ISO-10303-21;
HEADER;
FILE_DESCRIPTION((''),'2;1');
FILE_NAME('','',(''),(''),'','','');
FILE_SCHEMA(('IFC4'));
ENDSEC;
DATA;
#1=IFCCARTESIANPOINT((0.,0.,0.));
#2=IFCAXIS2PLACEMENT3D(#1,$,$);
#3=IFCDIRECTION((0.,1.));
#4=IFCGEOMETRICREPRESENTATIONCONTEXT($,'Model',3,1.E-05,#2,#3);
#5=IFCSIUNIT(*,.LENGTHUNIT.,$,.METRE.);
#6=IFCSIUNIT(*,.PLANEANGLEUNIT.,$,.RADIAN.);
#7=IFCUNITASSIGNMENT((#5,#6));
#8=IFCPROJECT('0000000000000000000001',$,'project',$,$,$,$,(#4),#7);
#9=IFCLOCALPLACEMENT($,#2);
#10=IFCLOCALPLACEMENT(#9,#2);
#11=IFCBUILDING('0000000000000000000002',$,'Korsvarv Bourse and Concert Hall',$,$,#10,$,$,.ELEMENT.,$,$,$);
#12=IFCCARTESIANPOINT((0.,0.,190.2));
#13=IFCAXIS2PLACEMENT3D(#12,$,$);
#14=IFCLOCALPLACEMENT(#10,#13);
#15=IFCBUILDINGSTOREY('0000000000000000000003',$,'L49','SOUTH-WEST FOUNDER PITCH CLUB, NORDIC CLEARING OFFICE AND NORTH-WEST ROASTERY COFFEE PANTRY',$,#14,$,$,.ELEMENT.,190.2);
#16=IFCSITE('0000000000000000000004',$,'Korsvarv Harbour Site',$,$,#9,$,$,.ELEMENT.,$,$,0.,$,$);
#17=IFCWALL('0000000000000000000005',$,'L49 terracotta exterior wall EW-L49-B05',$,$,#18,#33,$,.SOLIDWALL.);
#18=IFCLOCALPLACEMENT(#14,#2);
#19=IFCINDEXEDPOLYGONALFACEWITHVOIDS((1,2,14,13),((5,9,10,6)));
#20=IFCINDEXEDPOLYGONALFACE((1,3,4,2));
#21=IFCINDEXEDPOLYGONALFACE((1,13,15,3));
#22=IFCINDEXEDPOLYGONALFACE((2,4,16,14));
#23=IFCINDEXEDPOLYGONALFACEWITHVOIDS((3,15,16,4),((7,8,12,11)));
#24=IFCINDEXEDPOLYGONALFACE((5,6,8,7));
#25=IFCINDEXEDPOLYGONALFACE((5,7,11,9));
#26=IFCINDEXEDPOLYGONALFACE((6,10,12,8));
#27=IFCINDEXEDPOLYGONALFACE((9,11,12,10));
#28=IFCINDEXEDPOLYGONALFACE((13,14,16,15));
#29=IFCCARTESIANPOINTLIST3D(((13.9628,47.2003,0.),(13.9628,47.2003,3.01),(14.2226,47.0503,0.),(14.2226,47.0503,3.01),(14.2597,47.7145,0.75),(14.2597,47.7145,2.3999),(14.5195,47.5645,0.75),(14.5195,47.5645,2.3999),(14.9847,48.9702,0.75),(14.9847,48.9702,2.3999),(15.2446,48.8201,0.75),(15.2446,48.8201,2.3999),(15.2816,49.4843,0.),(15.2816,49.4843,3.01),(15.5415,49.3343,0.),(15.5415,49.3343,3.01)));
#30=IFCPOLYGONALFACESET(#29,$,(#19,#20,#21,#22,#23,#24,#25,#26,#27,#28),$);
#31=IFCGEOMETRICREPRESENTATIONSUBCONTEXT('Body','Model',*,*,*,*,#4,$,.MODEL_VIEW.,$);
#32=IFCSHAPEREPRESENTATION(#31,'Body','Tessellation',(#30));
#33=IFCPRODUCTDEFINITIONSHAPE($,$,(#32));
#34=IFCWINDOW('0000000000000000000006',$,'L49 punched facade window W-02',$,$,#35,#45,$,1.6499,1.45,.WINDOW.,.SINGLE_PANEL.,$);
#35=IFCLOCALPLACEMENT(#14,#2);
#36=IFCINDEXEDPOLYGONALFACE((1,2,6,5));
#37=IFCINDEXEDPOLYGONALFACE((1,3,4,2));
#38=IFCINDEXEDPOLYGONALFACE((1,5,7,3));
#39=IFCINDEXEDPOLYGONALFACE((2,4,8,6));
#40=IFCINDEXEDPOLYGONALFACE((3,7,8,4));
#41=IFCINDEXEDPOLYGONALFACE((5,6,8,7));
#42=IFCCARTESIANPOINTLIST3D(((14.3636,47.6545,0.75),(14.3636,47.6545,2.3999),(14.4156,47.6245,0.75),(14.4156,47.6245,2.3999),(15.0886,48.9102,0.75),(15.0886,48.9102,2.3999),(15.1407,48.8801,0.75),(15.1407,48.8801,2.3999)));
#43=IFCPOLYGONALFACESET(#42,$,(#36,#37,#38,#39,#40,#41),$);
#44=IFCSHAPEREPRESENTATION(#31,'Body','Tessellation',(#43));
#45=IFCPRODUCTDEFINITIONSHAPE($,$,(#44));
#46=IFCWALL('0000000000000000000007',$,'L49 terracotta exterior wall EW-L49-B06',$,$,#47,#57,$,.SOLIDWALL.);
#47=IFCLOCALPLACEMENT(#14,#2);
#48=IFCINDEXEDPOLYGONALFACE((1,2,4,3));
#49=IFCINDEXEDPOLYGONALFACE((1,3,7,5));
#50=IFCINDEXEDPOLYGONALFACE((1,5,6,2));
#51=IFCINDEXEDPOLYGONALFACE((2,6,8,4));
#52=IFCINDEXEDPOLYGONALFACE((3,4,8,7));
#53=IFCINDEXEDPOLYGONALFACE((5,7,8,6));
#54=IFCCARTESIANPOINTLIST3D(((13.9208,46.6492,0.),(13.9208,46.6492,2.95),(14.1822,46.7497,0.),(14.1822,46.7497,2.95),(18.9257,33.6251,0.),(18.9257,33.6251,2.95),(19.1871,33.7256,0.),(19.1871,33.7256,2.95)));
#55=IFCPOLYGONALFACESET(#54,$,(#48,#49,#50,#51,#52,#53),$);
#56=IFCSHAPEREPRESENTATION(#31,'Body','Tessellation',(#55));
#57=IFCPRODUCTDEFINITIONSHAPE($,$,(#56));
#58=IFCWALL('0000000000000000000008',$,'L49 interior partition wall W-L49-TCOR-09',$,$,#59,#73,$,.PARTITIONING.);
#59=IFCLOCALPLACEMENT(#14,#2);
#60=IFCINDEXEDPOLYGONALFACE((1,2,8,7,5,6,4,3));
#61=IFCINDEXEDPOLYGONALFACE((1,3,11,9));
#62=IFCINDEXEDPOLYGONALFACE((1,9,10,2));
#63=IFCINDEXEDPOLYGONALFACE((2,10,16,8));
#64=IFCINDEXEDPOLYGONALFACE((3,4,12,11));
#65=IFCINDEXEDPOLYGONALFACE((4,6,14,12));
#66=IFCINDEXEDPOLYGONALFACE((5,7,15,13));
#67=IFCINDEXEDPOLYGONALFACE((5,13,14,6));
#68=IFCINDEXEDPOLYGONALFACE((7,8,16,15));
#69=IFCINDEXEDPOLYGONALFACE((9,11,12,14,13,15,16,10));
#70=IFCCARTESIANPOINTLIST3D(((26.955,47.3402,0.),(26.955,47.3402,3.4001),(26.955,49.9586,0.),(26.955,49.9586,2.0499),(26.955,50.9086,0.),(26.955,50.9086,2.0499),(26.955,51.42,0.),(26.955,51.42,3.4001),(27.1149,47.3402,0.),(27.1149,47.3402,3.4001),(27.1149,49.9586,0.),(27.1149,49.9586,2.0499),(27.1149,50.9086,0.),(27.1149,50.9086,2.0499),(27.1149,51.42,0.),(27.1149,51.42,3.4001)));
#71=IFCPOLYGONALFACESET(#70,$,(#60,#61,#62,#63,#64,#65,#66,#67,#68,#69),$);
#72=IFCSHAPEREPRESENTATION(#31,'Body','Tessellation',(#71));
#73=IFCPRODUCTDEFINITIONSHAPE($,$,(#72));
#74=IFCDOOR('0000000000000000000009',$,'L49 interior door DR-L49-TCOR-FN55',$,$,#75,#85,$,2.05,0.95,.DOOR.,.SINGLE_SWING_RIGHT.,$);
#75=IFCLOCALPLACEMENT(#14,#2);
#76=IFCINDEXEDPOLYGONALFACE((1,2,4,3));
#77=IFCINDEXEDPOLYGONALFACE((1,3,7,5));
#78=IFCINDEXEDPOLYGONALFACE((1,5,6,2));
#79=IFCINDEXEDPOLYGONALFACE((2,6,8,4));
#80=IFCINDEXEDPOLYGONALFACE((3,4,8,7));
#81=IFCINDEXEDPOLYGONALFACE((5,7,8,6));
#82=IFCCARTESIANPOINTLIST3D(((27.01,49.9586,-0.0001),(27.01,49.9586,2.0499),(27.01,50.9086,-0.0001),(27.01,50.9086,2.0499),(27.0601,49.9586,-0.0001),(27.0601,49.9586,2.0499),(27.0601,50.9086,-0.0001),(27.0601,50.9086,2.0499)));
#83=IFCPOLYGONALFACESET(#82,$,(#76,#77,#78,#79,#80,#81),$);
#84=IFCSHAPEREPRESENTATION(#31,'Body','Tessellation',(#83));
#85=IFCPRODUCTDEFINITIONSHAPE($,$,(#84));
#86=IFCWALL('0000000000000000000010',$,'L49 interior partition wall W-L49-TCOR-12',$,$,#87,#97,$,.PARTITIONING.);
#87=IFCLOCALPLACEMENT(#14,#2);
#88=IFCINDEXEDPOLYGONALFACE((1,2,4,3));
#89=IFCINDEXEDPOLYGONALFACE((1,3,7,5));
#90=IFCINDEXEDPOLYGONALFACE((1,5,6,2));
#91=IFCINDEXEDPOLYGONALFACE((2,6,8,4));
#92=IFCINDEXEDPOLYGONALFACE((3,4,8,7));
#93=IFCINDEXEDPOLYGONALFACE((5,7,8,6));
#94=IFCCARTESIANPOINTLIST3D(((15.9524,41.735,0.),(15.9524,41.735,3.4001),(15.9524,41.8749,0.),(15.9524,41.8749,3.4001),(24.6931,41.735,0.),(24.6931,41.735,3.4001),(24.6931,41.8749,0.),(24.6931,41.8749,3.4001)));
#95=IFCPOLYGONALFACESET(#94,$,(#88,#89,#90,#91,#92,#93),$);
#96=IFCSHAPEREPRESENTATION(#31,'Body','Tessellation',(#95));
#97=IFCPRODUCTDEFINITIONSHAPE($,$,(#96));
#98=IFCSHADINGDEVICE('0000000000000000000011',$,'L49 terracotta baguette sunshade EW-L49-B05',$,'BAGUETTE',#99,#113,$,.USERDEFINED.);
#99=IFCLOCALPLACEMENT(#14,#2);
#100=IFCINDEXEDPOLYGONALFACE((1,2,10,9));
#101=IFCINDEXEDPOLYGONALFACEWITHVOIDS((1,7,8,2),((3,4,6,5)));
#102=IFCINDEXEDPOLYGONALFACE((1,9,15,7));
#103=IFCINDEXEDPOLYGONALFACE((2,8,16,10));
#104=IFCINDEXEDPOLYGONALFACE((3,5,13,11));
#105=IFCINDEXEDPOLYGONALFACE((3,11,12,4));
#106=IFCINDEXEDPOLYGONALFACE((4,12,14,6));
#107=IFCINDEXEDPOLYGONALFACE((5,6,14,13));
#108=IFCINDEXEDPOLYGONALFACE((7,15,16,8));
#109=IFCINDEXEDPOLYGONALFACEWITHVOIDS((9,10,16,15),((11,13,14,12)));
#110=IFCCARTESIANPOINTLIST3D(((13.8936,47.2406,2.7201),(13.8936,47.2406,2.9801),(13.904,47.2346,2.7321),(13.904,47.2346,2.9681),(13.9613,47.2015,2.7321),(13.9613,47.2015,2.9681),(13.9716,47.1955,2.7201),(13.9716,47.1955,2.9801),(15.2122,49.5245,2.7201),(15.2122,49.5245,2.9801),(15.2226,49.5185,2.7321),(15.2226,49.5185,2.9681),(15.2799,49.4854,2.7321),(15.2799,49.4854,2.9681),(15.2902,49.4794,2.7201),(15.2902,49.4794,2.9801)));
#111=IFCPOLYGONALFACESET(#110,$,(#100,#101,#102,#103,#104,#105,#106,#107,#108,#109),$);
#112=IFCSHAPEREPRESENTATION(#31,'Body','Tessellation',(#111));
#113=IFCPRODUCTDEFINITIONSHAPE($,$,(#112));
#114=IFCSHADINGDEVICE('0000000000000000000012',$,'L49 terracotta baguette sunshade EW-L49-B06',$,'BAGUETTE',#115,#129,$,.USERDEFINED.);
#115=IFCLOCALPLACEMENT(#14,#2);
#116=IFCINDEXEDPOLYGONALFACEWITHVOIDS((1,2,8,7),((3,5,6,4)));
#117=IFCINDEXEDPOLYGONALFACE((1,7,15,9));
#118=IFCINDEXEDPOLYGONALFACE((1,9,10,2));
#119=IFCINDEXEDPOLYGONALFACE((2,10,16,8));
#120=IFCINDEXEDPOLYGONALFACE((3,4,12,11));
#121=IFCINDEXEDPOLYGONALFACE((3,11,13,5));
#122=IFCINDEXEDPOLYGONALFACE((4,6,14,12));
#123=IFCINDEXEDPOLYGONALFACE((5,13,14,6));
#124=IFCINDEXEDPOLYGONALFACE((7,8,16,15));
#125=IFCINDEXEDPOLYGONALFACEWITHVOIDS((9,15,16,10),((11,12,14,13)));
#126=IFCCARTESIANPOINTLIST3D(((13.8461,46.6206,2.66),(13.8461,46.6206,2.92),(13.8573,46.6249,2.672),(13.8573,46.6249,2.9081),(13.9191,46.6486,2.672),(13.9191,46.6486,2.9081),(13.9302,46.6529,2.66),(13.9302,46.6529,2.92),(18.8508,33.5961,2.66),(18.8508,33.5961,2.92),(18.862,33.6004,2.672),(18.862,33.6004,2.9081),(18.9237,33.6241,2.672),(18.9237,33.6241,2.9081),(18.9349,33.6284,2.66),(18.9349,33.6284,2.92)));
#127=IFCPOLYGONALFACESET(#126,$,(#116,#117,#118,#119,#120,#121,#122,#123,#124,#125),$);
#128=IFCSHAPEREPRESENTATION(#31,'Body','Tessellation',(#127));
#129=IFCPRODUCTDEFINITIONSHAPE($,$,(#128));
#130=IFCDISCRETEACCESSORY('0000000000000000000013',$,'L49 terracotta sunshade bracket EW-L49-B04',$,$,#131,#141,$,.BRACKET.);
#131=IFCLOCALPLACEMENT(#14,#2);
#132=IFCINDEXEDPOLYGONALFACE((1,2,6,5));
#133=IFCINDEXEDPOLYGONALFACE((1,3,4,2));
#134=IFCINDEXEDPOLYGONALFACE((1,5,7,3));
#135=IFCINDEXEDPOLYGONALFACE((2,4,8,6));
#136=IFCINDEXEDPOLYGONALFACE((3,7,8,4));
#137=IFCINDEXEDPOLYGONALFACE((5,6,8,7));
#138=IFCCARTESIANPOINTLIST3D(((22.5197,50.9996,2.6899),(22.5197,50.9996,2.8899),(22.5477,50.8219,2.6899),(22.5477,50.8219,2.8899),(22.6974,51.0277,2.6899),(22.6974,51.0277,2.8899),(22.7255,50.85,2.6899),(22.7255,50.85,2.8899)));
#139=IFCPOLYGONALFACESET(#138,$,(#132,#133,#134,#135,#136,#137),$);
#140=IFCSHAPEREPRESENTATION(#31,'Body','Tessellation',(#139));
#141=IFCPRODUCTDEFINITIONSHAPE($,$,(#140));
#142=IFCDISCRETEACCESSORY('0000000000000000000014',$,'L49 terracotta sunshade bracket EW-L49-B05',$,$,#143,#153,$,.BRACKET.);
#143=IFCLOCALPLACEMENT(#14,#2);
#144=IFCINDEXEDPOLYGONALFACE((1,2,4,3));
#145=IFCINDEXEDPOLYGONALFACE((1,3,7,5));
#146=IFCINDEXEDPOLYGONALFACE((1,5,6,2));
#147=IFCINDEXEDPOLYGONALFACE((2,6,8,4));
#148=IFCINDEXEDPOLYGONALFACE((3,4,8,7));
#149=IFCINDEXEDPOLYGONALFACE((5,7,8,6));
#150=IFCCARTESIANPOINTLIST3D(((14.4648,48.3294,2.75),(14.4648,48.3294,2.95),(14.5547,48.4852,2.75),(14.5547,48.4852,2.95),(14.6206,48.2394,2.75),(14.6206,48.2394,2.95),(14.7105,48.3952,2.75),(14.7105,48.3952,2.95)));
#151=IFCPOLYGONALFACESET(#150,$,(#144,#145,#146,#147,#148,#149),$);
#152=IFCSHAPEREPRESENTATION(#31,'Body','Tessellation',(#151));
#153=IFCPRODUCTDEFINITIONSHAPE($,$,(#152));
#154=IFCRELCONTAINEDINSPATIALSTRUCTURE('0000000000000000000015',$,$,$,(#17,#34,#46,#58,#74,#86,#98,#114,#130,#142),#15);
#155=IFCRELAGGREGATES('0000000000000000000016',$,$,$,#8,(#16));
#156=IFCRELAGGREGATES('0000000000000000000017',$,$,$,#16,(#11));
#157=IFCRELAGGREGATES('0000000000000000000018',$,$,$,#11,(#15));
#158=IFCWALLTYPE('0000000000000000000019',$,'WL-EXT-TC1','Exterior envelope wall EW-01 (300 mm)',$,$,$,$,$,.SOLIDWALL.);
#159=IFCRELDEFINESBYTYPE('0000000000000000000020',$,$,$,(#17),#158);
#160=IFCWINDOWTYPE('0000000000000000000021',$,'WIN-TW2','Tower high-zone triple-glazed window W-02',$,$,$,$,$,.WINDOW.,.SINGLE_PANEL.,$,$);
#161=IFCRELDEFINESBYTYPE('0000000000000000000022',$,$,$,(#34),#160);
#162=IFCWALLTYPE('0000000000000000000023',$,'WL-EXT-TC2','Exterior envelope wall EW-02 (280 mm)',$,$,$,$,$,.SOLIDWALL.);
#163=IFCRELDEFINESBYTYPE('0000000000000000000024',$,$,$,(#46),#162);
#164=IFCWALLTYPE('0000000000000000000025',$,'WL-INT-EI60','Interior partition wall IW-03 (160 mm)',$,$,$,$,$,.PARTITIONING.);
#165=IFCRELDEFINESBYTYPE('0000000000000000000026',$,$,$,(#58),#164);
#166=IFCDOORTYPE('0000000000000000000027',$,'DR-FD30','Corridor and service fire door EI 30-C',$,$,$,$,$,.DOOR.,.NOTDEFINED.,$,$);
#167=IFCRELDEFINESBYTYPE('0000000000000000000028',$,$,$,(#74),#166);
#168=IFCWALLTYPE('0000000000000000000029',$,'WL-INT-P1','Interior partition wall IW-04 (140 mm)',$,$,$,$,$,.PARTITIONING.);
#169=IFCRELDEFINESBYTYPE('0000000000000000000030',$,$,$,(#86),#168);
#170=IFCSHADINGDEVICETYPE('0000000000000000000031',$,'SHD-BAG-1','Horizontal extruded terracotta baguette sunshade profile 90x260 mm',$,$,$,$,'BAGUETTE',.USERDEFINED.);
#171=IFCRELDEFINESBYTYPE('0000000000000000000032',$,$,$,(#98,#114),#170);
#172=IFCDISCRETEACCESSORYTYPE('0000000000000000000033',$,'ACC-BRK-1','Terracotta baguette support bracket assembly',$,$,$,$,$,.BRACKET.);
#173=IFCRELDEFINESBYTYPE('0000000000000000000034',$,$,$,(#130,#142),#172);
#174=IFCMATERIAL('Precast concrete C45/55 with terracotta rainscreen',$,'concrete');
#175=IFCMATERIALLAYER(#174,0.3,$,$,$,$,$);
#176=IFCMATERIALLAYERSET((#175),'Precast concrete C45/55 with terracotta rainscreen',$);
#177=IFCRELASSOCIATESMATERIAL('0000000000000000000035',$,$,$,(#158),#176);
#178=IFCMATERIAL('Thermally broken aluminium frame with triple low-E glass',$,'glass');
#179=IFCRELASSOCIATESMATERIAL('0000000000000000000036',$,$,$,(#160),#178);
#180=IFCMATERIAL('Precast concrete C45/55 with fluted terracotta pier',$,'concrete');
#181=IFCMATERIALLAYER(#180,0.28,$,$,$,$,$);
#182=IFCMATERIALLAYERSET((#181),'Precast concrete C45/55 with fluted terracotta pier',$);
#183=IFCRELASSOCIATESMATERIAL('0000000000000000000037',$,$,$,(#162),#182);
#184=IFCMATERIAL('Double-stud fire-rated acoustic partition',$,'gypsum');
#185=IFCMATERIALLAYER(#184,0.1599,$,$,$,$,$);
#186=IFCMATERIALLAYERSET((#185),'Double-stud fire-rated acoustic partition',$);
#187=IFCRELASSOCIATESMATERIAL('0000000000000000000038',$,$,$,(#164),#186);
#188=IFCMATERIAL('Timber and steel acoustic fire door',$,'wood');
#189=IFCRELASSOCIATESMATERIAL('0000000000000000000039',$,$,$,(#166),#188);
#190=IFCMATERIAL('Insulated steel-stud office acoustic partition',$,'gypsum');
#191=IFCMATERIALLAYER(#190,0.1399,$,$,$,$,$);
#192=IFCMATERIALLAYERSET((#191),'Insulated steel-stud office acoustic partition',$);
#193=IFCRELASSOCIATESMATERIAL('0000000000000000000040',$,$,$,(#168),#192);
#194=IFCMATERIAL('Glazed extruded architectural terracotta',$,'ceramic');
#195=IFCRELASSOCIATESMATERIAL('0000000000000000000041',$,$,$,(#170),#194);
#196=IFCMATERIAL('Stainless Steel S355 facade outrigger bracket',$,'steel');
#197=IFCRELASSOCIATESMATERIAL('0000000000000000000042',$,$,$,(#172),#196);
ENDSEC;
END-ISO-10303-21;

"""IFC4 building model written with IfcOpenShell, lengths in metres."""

from ifc_helpers import new_model, si_unit, direction, frame, frame_2d, origin, origin_2d, place, context, subcontext, project, spatial, rectangle, hollow_rectangle, extrude, source, transform, mapped, material, layer, layer_set, material_profile, profile_set, type_object, element, fill, save


model = new_model("IFC4")

# Units and contexts
model_context = context("Model", 3, precision=1e-05, world=origin(), true_north=direction((0.0, 1.0)))
body_context = subcontext(model_context, "Body", "Model", "MODEL_VIEW")
ifc_project = project(units=[si_unit("LENGTHUNIT", "METRE"), si_unit("PLANEANGLEUNIT", "RADIAN")], contexts=[model_context])

# Site, building, storey
site_placement = place(None, origin())
site = spatial("IfcSite", under=ifc_project, at=site_placement, Name="Korsvarv Harbour Site", CompositionType="ELEMENT", RefElevation=0.0)
building_placement = place(site_placement, origin())
building = spatial("IfcBuilding", under=site, at=building_placement, Name="Korsvarv Bourse and Concert Hall", CompositionType="ELEMENT")
storey_placement = place(building_placement, frame((0.0, 0.0, 190.2)))
storey = spatial("IfcBuildingStorey", under=building, at=storey_placement, Name="L49", Description="SOUTH-WEST FOUNDER PITCH CLUB, NORDIC CLEARING OFFICE AND NORTH-WEST ROASTERY COFFEE PANTRY", CompositionType="ELEMENT", Elevation=190.2)

# Wall, opening, window
ifc_material_1 = material(Name="Precast concrete C45/55 with terracotta rainscreen", Category="concrete")
ifc_layer_1 = layer(ifc_material_1, 0.3)
ifc_layer_set_1 = layer_set([ifc_layer_1], Name="Precast concrete C45/55 with terracotta rainscreen")
wall_type_1 = type_object("IfcWallType", Name="WL-EXT-TC1", Description="Exterior envelope wall EW-01 (300 mm)", PredefinedType="SOLIDWALL", material=ifc_layer_set_1)
wall_1_placement = place(storey_placement, frame((15.4116, 49.4094, 0.0), z_axis=(0.0, 0.0, 1.0), x_axis=(-0.500062, -0.86599, 0.0)))
wall_1 = element("IfcWall", 1, at=wall_1_placement, inside=storey, type_object=wall_type_1, Name="L49 terracotta exterior wall EW-L49-B05", PredefinedType="SOLIDWALL", context=body_context, shape_type="SweptSolid", body=[
    extrude(rectangle(XDim=2.6375, YDim=0.3, at=frame_2d((1.3188, 0.0))), origin(), (0.0, 0.0, 1.0), 3.01),
])
opening_1_placement = place(wall_1_placement, frame((0.5938, 0.0, 0.75)))
opening_1 = element("IfcOpeningElement", 2, at=opening_1_placement, cuts=wall_1, PredefinedType="OPENING", context=body_context, shape_type="SweptSolid", body=[
    extrude(rectangle(XDim=1.45, YDim=1.6499, at=frame_2d((0.7251, 0.825))), frame((0.0, 0.1602, 0.0), z_axis=(0.0, -1.0, 0.0), x_axis=(1.0, 0.0, 0.0)), (0.0, 0.0, 1.0), 0.3201),
])
ifc_material_2 = material(Name="Thermally broken aluminium frame with triple low-E glass", Category="glass")
window_type = type_object("IfcWindowType", Name="WIN-TW2", Description="Tower high-zone triple-glazed window W-02", PartitioningType="SINGLE_PANEL", PredefinedType="WINDOW", material=ifc_material_2)
window_placement = place(opening_1_placement, origin())
window = element("IfcWindow", 3, at=window_placement, inside=storey, type_object=window_type, Name="L49 punched facade window W-02", OverallHeight=1.6499, OverallWidth=1.45, PartitioningType="SINGLE_PANEL", PredefinedType="WINDOW", context=body_context, shape_type="SweptSolid", body=[
    extrude(rectangle(XDim=1.45, YDim=1.6499, at=frame_2d((0.7251, 0.825))), frame((0.0, 0.03, 0.0), z_axis=(0.0, -1.0, 0.0), x_axis=(1.0, 0.0, 0.0)), (0.0, 0.0, 1.0), 0.0601),
])
fill(opening_1, window)

# Wall
ifc_material_3 = material(Name="Precast concrete C45/55 with fluted terracotta pier", Category="concrete")
ifc_layer_2 = layer(ifc_material_3, 0.28)
ifc_layer_set_2 = layer_set([ifc_layer_2], Name="Precast concrete C45/55 with fluted terracotta pier")
wall_type_2 = type_object("IfcWallType", Name="WL-EXT-TC2", Description="Exterior envelope wall EW-02 (280 mm)", PredefinedType="SOLIDWALL", material=ifc_layer_set_2)
wall_2_placement = place(storey_placement, frame((14.0515, 46.6995, 0.0), z_axis=(0.0, 0.0, 1.0), x_axis=(0.358704, -0.933452, 0.0)))
element("IfcWall", 4, at=wall_2_placement, inside=storey, type_object=wall_type_2, Name="L49 terracotta exterior wall EW-L49-B06", PredefinedType="SOLIDWALL", context=body_context, shape_type="SweptSolid", body=[
    extrude(rectangle(XDim=13.9526, YDim=0.28, at=frame_2d((6.9763, 0.0))), origin(), (0.0, 0.0, 1.0), 2.95),
])

# Wall, opening, door
ifc_material_4 = material(Name="Double-stud fire-rated acoustic partition", Category="gypsum")
ifc_layer_3 = layer(ifc_material_4, 0.1599)
ifc_layer_set_3 = layer_set([ifc_layer_3], Name="Double-stud fire-rated acoustic partition")
wall_type_3 = type_object("IfcWallType", Name="WL-INT-EI60", Description="Interior partition wall IW-03 (160 mm)", PredefinedType="PARTITIONING", material=ifc_layer_set_3)
wall_3_placement = place(storey_placement, frame((27.0349, 47.3401, 0.0), z_axis=(0.0, 0.0, 1.0), x_axis=(0.0, 1.0, 0.0)))
wall_3 = element("IfcWall", 5, at=wall_3_placement, inside=storey, type_object=wall_type_3, Name="L49 interior partition wall W-L49-TCOR-09", PredefinedType="PARTITIONING", context=body_context, shape_type="SweptSolid", body=[
    extrude(rectangle(XDim=4.0798, YDim=0.1599, at=frame_2d((2.04, 0.0))), origin(), (0.0, 0.0, 1.0), 3.4001),
])
opening_2_placement = place(wall_3_placement, frame((2.6184, 0.0, 0.0)))
opening_2 = element("IfcOpeningElement", 6, at=opening_2_placement, cuts=wall_3, PredefinedType="OPENING", context=body_context, shape_type="SweptSolid", body=[
    extrude(rectangle(XDim=0.95, YDim=2.05, at=frame_2d((0.4751, 1.0249))), frame((0.0, 0.0898, 0.0), z_axis=(0.0, -1.0, 0.0), x_axis=(1.0, 0.0, 0.0)), (0.0, 0.0, 1.0), 0.1799),
])
ifc_material_5 = material(Name="Timber and steel acoustic fire door", Category="wood")
door_type = type_object("IfcDoorType", Name="DR-FD30", Description="Corridor and service fire door EI 30-C", OperationType="NOTDEFINED", PredefinedType="DOOR", material=ifc_material_5)
door_placement = place(opening_2_placement, origin())
door = element("IfcDoor", 7, at=door_placement, inside=storey, type_object=door_type, Name="L49 interior door DR-L49-TCOR-FN55", OperationType="SINGLE_SWING_RIGHT", OverallHeight=2.05, OverallWidth=0.95, PredefinedType="DOOR", context=body_context, shape_type="SweptSolid", body=[
    extrude(rectangle(XDim=0.95, YDim=2.05, at=frame_2d((0.4751, 1.0249))), frame((0.0, 0.0249, 0.0), z_axis=(0.0, -1.0, 0.0), x_axis=(1.0, 0.0, 0.0)), (0.0, 0.0, 1.0), 0.05),
])
fill(opening_2, door)

# Wall
ifc_material_6 = material(Name="Insulated steel-stud office acoustic partition", Category="gypsum")
ifc_layer_4 = layer(ifc_material_6, 0.1399)
ifc_layer_set_4 = layer_set([ifc_layer_4], Name="Insulated steel-stud office acoustic partition")
wall_type_4 = type_object("IfcWallType", Name="WL-INT-P1", Description="Interior partition wall IW-04 (140 mm)", PredefinedType="PARTITIONING", material=ifc_layer_set_4)
wall_4_placement = place(storey_placement, frame((15.9524, 41.8049, 0.0), z_axis=(0.0, 0.0, 1.0), x_axis=(1.0, 0.0, 0.0)))
element("IfcWall", 8, at=wall_4_placement, inside=storey, type_object=wall_type_4, Name="L49 interior partition wall W-L49-TCOR-12", PredefinedType="PARTITIONING", context=body_context, shape_type="SweptSolid", body=[
    extrude(rectangle(XDim=8.7407, YDim=0.1399, at=frame_2d((4.3704, 0.0))), origin(), (0.0, 0.0, 1.0), 3.4001),
])

# Shading devices
ifc_material_7 = material(Name="Glazed extruded architectural terracotta", Category="ceramic")
ifc_material_profile_1 = material_profile(ifc_material_7, hollow_rectangle(XDim=0.0901, YDim=0.26, WallThickness=0.012, at=origin_2d()), Name="TC-BAG 90x260")
ifc_profile_set_1 = profile_set([ifc_material_profile_1], Name="Glazed extruded architectural terracotta")
shading_device_type = type_object("IfcShadingDeviceType", Name="SHD-BAG-1", Description="Horizontal extruded terracotta baguette sunshade profile 90x260 mm", ElementType="BAGUETTE", PredefinedType="USERDEFINED", material=ifc_profile_set_1)
shared_shape_1 = source(origin(), body_context, "Body", "SweptSolid", [
    extrude(hollow_rectangle(XDim=0.0901, YDim=0.26, WallThickness=0.012, at=origin_2d()), origin(), (0.0, 0.0, 1.0), 2.6372),
])
shading_device_1_placement = place(storey_placement, frame((15.2512, 49.502, 2.8501), z_axis=(-0.499992, -0.86603, 0.0), x_axis=(0.86603, -0.499992, 0.0)))
element("IfcShadingDevice", 9, at=shading_device_1_placement, inside=storey, type_object=shading_device_type, Name="L49 terracotta baguette sunshade EW-L49-B05", ObjectType="BAGUETTE", PredefinedType="USERDEFINED", context=body_context, shape_type="MappedRepresentation", body=[
    mapped(shared_shape_1, transform((0.0, 0.0, 0.0), scale=1.0)),
])
shared_shape_2 = source(origin(), body_context, "Body", "SweptSolid", [
    extrude(hollow_rectangle(XDim=0.0901, YDim=0.26, WallThickness=0.012, at=origin_2d()), origin(), (0.0, 0.0, 1.0), 13.9529),
])
shading_device_2_placement = place(storey_placement, frame((13.8882, 46.6367, 2.79), z_axis=(0.358682, -0.93346, 0.0), x_axis=(0.93346, 0.358682, 0.0)))
element("IfcShadingDevice", 10, at=shading_device_2_placement, inside=storey, type_object=shading_device_type, Name="L49 terracotta baguette sunshade EW-L49-B06", ObjectType="BAGUETTE", PredefinedType="USERDEFINED", context=body_context, shape_type="MappedRepresentation", body=[
    mapped(shared_shape_2, transform((0.0, 0.0, 0.0), scale=1.0)),
])

# Discrete accessories
ifc_material_8 = material(Name="Stainless Steel S355 facade outrigger bracket", Category="steel")
discrete_accessory_type = type_object("IfcDiscreteAccessoryType", Name="ACC-BRK-1", Description="Terracotta baguette support bracket assembly", PredefinedType="BRACKET", material=ifc_material_8)
shared_shape_3 = source(origin(), body_context, "Body", "SweptSolid", [
    extrude(rectangle(XDim=0.1799, YDim=0.1799, at=origin_2d()), origin(), (0.0, 0.0, 1.0), 0.2),
])
for number, where, z_axis, x_axis, name in (
    (11, (22.6226, 50.9248, 2.6899), (0.0, 0.0, 1.0), (-0.987743, -0.15609, 0.0), "L49 terracotta sunshade bracket EW-L49-B04"),
    (12, (14.5876, 48.3623, 2.75), (0.0, 0.0, 1.0), (-0.5, -0.866025, 0.0), "L49 terracotta sunshade bracket EW-L49-B05"),
):
    element("IfcDiscreteAccessory", number, at=place(storey_placement, frame(where, z_axis=z_axis, x_axis=x_axis)), inside=storey, type_object=discrete_accessory_type, Name=name, PredefinedType="BRACKET", context=body_context, shape_type="MappedRepresentation", body=[
        mapped(shared_shape_3, transform((0.0, 0.0, 0.0), scale=1.0)),
    ])

save(model, "model.ifc")
